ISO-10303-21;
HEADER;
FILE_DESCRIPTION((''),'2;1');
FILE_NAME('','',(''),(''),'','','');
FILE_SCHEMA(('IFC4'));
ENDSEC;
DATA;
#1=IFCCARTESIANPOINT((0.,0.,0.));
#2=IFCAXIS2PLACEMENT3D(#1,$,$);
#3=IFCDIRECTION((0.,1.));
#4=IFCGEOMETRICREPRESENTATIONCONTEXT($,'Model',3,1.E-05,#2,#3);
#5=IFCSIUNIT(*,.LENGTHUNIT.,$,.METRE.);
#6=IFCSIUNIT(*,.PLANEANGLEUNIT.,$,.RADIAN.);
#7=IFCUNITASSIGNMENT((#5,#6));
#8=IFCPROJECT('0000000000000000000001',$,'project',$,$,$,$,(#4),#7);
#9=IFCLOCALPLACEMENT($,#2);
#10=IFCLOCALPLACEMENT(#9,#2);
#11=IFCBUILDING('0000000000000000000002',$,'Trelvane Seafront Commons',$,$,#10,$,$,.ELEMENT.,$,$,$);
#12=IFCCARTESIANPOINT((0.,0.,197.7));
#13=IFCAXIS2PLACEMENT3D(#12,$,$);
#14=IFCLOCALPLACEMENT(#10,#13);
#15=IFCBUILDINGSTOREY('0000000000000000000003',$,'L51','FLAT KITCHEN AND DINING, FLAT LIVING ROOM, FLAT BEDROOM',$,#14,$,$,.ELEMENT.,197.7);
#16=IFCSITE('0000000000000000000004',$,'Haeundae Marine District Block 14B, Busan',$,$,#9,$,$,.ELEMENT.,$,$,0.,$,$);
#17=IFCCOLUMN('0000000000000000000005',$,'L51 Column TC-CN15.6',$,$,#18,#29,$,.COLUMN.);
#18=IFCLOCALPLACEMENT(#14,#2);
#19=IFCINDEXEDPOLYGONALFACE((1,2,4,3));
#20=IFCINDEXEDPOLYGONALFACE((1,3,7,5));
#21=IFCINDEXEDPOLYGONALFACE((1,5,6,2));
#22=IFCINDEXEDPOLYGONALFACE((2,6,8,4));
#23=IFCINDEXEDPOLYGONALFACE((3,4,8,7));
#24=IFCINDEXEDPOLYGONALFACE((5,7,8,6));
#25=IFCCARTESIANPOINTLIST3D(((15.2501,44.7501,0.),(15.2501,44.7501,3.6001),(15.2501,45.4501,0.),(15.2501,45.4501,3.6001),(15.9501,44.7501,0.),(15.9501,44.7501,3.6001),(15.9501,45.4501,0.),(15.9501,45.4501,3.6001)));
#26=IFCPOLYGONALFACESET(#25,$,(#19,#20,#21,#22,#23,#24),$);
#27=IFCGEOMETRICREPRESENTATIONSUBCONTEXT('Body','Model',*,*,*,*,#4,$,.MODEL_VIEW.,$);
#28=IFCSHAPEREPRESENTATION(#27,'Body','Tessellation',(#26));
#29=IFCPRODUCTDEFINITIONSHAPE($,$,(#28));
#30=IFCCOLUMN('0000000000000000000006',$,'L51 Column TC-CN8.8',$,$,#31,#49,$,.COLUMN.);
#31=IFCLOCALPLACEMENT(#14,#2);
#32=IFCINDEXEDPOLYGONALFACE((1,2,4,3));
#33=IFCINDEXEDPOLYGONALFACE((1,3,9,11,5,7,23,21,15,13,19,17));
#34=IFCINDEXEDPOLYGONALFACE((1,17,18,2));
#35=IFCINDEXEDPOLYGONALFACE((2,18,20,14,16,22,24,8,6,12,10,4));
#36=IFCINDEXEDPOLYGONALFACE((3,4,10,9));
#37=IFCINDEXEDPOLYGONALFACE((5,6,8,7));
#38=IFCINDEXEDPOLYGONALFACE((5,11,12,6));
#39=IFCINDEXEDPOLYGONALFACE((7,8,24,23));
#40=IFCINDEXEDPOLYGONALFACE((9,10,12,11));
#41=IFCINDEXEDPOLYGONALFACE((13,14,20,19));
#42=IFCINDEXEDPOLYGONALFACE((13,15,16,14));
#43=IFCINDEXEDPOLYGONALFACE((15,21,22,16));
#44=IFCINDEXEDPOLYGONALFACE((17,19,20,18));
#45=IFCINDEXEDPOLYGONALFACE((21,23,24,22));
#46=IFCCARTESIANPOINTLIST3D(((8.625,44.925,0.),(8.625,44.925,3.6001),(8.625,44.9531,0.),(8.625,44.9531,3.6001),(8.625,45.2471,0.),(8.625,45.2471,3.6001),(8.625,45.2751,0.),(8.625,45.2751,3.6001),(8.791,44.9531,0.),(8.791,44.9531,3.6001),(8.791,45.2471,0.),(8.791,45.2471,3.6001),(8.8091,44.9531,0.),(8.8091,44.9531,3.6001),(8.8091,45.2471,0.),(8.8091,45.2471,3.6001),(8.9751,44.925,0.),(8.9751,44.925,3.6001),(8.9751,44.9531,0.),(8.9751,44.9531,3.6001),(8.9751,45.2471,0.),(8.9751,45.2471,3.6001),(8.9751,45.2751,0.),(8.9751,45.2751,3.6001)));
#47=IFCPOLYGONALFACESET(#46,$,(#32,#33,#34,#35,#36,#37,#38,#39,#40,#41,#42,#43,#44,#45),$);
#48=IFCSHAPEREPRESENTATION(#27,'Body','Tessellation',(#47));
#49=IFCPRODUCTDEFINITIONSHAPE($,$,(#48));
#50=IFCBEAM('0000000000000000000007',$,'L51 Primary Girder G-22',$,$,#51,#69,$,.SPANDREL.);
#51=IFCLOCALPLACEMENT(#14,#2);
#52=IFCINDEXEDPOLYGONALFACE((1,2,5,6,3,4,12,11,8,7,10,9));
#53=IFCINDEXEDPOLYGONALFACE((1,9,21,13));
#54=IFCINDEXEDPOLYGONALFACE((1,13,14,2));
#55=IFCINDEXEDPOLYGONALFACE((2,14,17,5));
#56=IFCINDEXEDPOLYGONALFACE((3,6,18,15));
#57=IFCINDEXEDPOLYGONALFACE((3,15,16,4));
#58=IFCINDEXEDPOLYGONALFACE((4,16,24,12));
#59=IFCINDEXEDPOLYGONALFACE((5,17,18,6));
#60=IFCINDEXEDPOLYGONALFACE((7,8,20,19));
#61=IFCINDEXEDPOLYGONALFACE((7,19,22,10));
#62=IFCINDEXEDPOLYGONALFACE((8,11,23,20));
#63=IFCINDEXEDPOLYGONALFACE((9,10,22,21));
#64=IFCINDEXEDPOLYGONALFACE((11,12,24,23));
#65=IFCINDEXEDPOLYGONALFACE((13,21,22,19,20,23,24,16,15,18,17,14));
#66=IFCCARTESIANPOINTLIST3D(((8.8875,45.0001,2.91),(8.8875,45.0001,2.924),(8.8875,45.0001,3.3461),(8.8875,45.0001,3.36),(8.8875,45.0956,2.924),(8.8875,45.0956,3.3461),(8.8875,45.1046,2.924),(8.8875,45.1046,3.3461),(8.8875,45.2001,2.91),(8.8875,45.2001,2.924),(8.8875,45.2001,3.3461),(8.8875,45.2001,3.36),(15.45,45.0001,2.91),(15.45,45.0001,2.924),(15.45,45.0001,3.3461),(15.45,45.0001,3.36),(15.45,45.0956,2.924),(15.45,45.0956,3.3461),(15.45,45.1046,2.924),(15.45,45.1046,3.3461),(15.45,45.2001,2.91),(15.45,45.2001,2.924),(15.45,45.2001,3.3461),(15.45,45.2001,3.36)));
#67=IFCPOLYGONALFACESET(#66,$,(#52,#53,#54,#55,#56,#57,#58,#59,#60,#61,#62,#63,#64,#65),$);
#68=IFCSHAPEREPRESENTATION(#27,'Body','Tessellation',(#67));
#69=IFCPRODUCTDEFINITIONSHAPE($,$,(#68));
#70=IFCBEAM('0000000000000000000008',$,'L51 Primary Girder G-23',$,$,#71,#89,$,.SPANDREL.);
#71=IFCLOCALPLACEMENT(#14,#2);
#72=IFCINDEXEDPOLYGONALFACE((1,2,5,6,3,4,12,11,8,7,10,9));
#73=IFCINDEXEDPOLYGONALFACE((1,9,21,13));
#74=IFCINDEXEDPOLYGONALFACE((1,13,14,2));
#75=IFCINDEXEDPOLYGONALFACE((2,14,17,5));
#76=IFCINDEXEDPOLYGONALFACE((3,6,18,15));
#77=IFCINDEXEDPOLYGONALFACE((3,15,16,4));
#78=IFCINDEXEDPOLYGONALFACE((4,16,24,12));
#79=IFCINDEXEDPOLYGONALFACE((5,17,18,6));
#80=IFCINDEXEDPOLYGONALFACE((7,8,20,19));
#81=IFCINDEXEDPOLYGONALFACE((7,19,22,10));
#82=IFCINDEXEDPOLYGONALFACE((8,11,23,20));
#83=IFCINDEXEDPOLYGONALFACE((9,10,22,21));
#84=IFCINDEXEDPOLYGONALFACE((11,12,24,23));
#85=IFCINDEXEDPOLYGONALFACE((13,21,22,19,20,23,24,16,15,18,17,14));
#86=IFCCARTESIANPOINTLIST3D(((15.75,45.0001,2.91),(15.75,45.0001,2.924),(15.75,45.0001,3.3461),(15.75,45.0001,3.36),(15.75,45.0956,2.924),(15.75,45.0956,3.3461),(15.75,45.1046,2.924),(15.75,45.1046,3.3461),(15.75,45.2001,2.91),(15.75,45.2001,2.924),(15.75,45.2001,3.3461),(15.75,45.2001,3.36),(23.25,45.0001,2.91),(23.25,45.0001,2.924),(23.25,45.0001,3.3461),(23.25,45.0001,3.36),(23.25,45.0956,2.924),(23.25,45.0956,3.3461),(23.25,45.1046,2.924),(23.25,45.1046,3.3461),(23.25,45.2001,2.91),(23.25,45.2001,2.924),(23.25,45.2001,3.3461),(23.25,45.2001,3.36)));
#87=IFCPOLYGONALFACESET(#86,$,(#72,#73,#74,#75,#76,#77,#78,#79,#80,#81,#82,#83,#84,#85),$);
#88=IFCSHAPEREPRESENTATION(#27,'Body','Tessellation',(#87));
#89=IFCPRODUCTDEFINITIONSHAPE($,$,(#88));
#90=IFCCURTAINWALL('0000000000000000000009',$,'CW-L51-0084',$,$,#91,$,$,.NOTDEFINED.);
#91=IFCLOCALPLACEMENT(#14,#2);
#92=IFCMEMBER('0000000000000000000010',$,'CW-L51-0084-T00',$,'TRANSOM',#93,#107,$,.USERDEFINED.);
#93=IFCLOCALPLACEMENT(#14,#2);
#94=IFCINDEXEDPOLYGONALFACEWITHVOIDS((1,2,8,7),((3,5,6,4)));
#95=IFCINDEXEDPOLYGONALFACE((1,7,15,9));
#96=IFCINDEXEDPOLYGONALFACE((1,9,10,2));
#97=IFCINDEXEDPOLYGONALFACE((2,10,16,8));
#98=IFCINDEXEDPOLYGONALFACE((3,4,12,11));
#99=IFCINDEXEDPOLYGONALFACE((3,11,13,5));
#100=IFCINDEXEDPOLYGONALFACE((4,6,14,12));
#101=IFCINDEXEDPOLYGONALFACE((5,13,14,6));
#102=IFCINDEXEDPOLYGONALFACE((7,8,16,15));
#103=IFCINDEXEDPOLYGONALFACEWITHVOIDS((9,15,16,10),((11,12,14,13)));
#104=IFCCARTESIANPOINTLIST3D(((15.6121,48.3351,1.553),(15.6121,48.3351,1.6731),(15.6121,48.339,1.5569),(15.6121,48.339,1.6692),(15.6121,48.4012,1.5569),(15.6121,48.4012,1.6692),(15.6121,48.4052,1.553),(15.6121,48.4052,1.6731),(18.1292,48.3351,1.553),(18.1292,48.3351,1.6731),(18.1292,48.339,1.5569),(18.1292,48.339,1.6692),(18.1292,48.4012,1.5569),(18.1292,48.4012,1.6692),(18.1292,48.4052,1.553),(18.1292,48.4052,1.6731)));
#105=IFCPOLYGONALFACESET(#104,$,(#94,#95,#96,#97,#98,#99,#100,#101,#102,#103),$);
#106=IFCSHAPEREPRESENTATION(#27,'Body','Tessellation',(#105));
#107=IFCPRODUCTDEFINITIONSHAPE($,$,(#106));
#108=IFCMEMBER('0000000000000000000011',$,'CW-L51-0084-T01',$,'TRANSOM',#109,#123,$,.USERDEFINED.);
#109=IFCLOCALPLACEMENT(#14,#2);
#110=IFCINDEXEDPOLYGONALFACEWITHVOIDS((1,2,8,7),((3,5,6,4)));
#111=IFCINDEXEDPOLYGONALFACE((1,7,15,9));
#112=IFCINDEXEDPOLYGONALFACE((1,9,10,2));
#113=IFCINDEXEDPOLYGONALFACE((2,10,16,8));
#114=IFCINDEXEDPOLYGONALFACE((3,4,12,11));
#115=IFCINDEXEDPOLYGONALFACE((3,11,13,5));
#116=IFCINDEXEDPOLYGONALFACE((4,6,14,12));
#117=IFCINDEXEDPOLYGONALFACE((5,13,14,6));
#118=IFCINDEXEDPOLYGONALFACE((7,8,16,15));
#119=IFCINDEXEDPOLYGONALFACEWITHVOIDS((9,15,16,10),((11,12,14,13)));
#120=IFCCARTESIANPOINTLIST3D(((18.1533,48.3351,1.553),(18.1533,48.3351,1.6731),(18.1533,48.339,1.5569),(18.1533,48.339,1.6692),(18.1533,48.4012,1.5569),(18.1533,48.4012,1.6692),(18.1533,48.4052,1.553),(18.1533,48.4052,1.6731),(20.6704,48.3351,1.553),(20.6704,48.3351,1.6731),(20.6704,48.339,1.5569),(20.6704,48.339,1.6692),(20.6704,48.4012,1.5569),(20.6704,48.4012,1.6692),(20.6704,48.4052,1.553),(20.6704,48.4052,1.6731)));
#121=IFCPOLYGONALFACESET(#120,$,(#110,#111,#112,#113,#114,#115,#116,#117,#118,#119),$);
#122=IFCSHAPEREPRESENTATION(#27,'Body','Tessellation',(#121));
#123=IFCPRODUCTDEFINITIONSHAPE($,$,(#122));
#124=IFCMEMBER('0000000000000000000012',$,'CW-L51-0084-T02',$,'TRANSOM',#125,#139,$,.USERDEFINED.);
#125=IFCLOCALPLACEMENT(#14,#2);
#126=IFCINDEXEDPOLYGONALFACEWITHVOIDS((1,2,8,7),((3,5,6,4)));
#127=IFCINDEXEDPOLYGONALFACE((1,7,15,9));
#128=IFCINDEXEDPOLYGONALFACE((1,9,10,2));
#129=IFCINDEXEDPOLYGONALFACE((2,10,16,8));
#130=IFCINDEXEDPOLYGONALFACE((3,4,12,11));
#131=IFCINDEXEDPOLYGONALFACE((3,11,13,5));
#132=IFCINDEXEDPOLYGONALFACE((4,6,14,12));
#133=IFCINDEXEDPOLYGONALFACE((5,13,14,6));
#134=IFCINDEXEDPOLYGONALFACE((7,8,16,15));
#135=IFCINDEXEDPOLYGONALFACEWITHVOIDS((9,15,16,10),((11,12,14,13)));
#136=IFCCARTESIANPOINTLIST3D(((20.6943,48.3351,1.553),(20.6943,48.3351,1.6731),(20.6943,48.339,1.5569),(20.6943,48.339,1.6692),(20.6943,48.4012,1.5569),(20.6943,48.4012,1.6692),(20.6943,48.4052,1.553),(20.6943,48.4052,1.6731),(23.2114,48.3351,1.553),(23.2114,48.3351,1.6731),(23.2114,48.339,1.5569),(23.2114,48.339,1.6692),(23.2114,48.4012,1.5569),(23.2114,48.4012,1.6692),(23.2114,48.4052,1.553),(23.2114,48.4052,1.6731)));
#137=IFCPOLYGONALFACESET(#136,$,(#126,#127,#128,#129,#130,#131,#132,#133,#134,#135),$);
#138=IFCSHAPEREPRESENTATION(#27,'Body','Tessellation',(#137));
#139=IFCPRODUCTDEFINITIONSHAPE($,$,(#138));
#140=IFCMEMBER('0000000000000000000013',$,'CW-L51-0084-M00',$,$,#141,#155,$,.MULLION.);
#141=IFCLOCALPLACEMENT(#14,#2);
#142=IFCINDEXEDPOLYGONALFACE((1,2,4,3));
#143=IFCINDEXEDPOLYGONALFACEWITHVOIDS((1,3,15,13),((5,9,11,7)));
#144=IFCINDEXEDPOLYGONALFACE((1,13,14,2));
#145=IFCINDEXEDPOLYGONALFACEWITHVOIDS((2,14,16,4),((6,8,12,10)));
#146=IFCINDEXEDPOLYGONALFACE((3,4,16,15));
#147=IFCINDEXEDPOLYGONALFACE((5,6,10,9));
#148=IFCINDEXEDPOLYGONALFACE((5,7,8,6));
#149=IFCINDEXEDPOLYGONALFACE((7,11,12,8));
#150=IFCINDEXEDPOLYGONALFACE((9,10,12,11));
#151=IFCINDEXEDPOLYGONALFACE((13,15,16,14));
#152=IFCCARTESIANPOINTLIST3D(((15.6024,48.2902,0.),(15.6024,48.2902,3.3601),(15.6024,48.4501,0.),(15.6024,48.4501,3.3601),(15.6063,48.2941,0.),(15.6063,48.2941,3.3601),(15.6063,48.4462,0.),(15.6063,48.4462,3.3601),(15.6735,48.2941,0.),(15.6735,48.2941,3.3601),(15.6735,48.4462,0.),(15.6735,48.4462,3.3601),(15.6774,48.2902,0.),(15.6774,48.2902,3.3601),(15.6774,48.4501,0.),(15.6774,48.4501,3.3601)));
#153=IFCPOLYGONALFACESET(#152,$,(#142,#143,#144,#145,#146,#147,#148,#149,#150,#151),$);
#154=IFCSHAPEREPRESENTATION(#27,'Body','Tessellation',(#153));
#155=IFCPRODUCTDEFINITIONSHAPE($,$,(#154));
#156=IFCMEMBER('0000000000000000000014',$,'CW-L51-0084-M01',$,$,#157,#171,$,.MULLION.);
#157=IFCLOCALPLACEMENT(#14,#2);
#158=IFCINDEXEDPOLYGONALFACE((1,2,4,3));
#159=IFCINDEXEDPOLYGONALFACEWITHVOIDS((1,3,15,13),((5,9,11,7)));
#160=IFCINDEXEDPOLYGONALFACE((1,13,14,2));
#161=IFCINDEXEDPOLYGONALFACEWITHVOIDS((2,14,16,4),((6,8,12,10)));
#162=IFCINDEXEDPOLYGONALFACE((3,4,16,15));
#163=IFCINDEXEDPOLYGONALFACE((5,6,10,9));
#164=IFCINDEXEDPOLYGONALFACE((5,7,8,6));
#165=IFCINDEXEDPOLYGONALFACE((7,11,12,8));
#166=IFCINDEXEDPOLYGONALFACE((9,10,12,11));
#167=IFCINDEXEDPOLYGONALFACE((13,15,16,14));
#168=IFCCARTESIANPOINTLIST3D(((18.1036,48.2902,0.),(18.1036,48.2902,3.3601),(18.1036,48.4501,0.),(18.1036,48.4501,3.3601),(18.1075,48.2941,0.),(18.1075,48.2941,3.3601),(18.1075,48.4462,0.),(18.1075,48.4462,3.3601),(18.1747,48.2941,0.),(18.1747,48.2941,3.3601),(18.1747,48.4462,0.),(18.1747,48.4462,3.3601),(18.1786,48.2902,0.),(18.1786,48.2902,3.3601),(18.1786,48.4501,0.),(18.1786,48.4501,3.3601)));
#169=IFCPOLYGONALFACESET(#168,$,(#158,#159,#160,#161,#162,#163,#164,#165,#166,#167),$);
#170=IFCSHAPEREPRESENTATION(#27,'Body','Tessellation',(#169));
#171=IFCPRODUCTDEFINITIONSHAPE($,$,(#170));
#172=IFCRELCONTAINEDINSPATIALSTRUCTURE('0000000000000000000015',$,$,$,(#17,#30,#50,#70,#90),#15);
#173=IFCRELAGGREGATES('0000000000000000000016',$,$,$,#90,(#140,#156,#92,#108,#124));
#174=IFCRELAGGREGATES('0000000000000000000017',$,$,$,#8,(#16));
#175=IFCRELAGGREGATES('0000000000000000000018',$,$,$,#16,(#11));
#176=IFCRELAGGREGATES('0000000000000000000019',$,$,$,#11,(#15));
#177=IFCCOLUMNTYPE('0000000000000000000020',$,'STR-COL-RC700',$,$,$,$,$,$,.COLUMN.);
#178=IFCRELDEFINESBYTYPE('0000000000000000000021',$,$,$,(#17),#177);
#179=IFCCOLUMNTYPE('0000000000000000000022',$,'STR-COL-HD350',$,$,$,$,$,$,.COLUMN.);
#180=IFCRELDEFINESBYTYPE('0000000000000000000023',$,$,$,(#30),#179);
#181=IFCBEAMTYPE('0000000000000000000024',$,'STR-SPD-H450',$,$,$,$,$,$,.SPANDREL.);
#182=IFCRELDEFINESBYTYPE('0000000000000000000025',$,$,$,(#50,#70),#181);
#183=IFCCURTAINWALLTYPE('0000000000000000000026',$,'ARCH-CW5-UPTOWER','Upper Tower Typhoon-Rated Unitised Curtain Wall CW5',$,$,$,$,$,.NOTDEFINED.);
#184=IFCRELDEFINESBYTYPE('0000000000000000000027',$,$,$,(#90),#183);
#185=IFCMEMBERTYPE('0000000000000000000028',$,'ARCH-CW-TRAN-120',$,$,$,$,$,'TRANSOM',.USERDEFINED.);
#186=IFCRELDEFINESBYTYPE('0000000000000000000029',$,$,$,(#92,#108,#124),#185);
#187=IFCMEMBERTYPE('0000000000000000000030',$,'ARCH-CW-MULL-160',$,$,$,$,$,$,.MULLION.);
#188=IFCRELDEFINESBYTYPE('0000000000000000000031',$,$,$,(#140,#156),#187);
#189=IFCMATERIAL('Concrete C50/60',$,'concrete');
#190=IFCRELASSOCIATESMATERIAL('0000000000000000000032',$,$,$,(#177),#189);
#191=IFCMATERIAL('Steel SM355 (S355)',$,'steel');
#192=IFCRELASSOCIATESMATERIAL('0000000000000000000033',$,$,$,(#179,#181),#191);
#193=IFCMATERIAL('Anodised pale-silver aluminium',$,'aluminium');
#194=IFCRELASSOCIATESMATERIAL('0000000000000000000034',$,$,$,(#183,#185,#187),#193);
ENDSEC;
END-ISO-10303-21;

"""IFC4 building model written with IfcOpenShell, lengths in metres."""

from ifc_helpers import new_model, si_unit, direction, frame, origin, origin_2d, place, context, subcontext, project, spatial, rectangle, hollow_rectangle, i_section, extrude, source, transform, mapped, material, material_profile, profile_set, type_object, element, aggregate, save


model = new_model("IFC4")

# Units and contexts
model_context = context("Model", 3, precision=1e-05, world=origin(), true_north=direction((0.0, 1.0)))
body_context = subcontext(model_context, "Body", "Model", "MODEL_VIEW")
ifc_project = project(units=[si_unit("LENGTHUNIT", "METRE"), si_unit("PLANEANGLEUNIT", "RADIAN")], contexts=[model_context])

# Site, building, storey
site_placement = place(None, origin())
site = spatial("IfcSite", under=ifc_project, at=site_placement, Name="Haeundae Marine District Block 14B, Busan", CompositionType="ELEMENT", RefElevation=0.0)
building_placement = place(site_placement, origin())
building = spatial("IfcBuilding", under=site, at=building_placement, Name="Trelvane Seafront Commons", CompositionType="ELEMENT")
storey_placement = place(building_placement, frame((0.0, 0.0, 197.7)))
storey = spatial("IfcBuildingStorey", under=building, at=storey_placement, Name="L51", Description="FLAT KITCHEN AND DINING, FLAT LIVING ROOM, FLAT BEDROOM", CompositionType="ELEMENT", Elevation=197.7)

# Columns
ifc_material_1 = material(Name="Concrete C50/60", Category="concrete")
ifc_material_profile_1 = material_profile(ifc_material_1, rectangle(XDim=0.7, YDim=0.7, at=origin_2d()), Name="RC-700x700")
ifc_profile_set_1 = profile_set([ifc_material_profile_1], Name="Concrete C50/60")
column_type_1 = type_object("IfcColumnType", Name="STR-COL-RC700", PredefinedType="COLUMN", material=ifc_profile_set_1)
shared_shape_1 = source(origin(), body_context, "Body", "SweptSolid", [
    extrude(rectangle(XDim=0.7, YDim=0.7, at=origin_2d()), origin(), (0.0, 0.0, 1.0), 3.6001),
])
column_1_placement = place(storey_placement, frame((15.6001, 45.1001, 0.0), z_axis=(0.0, 0.0, 1.0), x_axis=(1.0, 0.0, 0.0)))
element("IfcColumn", 1, at=column_1_placement, inside=storey, type_object=column_type_1, Name="L51 Column TC-CN15.6", PredefinedType="COLUMN", context=body_context, shape_type="MappedRepresentation", body=[
    mapped(shared_shape_1, transform((0.0, 0.0, 0.0), x_axis=(1.0, 0.0, 0.0), y_axis=(0.0, 1.0, 0.0), z_axis=(0.0, 0.0, 1.0), scale=1.0)),
])
ifc_material_2 = material(Name="Steel SM355 (S355)", Category="steel")
ifc_material_profile_2 = material_profile(ifc_material_2, i_section(OverallWidth=0.3501, OverallDepth=0.3501, WebThickness=0.0181, FlangeThickness=0.0281, at=origin_2d()), Name="HD-350x350x18x28")
ifc_profile_set_2 = profile_set([ifc_material_profile_2], Name="Steel SM355 (S355)")
column_type_2 = type_object("IfcColumnType", Name="STR-COL-HD350", PredefinedType="COLUMN", material=ifc_profile_set_2)
shared_shape_2 = source(origin(), body_context, "Body", "SweptSolid", [
    extrude(i_section(OverallWidth=0.3501, OverallDepth=0.3501, WebThickness=0.0181, FlangeThickness=0.0281, at=origin_2d()), origin(), (0.0, 0.0, 1.0), 3.6001),
])
column_2_placement = place(storey_placement, frame((8.8, 45.1001, 0.0), z_axis=(0.0, 0.0, 1.0), x_axis=(1.0, 0.0, 0.0)))
element("IfcColumn", 2, at=column_2_placement, inside=storey, type_object=column_type_2, Name="L51 Column TC-CN8.8", PredefinedType="COLUMN", context=body_context, shape_type="MappedRepresentation", body=[
    mapped(shared_shape_2, transform((0.0, 0.0, 0.0), x_axis=(1.0, 0.0, 0.0), y_axis=(0.0, 1.0, 0.0), z_axis=(0.0, 0.0, 1.0), scale=1.0)),
])

# Beams
ifc_material_profile_3 = material_profile(ifc_material_2, i_section(OverallWidth=0.2, OverallDepth=0.45, WebThickness=0.009, FlangeThickness=0.0139, at=origin_2d()), Name="H-450x200x9x14")
ifc_profile_set_3 = profile_set([ifc_material_profile_3], Name="Steel SM355 (S355)")
beam_type = type_object("IfcBeamType", Name="STR-SPD-H450", PredefinedType="SPANDREL", material=ifc_profile_set_3)
shared_shape_3 = source(origin(), body_context, "Body", "SweptSolid", [
    extrude(i_section(OverallWidth=0.2, OverallDepth=0.45, WebThickness=0.009, FlangeThickness=0.0139, at=origin_2d()), origin(), (0.0, 0.0, 1.0), 6.5625),
])
beam_1_placement = place(storey_placement, frame((8.8875, 45.1001, 3.135), z_axis=(1.0, 0.0, 0.0), x_axis=(0.0, 1.0, 0.0)))
element("IfcBeam", 3, at=beam_1_placement, inside=storey, type_object=beam_type, Name="L51 Primary Girder G-22", PredefinedType="SPANDREL", context=body_context, shape_type="MappedRepresentation", body=[
    mapped(shared_shape_3, transform((0.0, 0.0, 0.0), x_axis=(1.0, 0.0, 0.0), y_axis=(0.0, 1.0, 0.0), z_axis=(0.0, 0.0, 1.0), scale=1.0)),
])
shared_shape_4 = source(origin(), body_context, "Body", "SweptSolid", [
    extrude(i_section(OverallWidth=0.2, OverallDepth=0.45, WebThickness=0.009, FlangeThickness=0.0139, at=origin_2d()), origin(), (0.0, 0.0, 1.0), 7.5),
])
beam_2_placement = place(storey_placement, frame((15.75, 45.1001, 3.135), z_axis=(1.0, 0.0, 0.0), x_axis=(0.0, 1.0, 0.0)))
element("IfcBeam", 4, at=beam_2_placement, inside=storey, type_object=beam_type, Name="L51 Primary Girder G-23", PredefinedType="SPANDREL", context=body_context, shape_type="MappedRepresentation", body=[
    mapped(shared_shape_4, transform((0.0, 0.0, 0.0), x_axis=(1.0, 0.0, 0.0), y_axis=(0.0, 1.0, 0.0), z_axis=(0.0, 0.0, 1.0), scale=1.0)),
])

# Curtain wall, members
ifc_material_3 = material(Name="Anodised pale-silver aluminium", Category="aluminium")
curtain_wall_type = type_object("IfcCurtainWallType", Name="ARCH-CW5-UPTOWER", Description="Upper Tower Typhoon-Rated Unitised Curtain Wall CW5", PredefinedType="NOTDEFINED", material=ifc_material_3)
curtain_wall_placement = place(storey_placement, origin())
curtain_wall = element("IfcCurtainWall", 5, at=curtain_wall_placement, inside=storey, type_object=curtain_wall_type, Name="CW-L51-0084", PredefinedType="NOTDEFINED")
ifc_material_profile_4 = material_profile(ifc_material_3, hollow_rectangle(XDim=0.0701, YDim=0.1201, WallThickness=0.0039, at=origin_2d()), Name="TRAN-70x120x4")
ifc_profile_set_4 = profile_set([ifc_material_profile_4], Name="Anodised pale-silver aluminium")
member_type_1 = type_object("IfcMemberType", Name="ARCH-CW-TRAN-120", ElementType="TRANSOM", PredefinedType="USERDEFINED", material=ifc_profile_set_4)
shared_shape_5 = source(origin(), body_context, "Body", "SweptSolid", [
    extrude(hollow_rectangle(XDim=0.0701, YDim=0.1201, WallThickness=0.0039, at=origin_2d()), origin(), (0.0, 0.0, 1.0), 2.5171),
])
member_1_placement = place(storey_placement, frame((15.6121, 48.3701, 1.613), z_axis=(1.0, 0.0, 0.0), x_axis=(0.0, 1.0, 0.0)))
member_1 = element("IfcMember", 6, at=member_1_placement, type_object=member_type_1, Name="CW-L51-0084-T00", ObjectType="TRANSOM", PredefinedType="USERDEFINED", context=body_context, shape_type="MappedRepresentation", body=[
    mapped(shared_shape_5, transform((0.0, 0.0, 0.0), x_axis=(1.0, 0.0, 0.0), y_axis=(0.0, 1.0, 0.0), z_axis=(0.0, 0.0, 1.0), scale=1.0)),
])
member_2_placement = place(storey_placement, frame((18.1533, 48.3701, 1.613), z_axis=(1.0, 0.0, 0.0), x_axis=(0.0, 1.0, 0.0)))
member_2 = element("IfcMember", 7, at=member_2_placement, type_object=member_type_1, Name="CW-L51-0084-T01", ObjectType="TRANSOM", PredefinedType="USERDEFINED", context=body_context, shape_type="MappedRepresentation", body=[
    mapped(shared_shape_5, transform((0.0, 0.0, 0.0), x_axis=(1.0, 0.0, 0.0), y_axis=(0.0, 1.0, 0.0), z_axis=(0.0, 0.0, 1.0), scale=1.0)),
])
member_3_placement = place(storey_placement, frame((20.6943, 48.3701, 1.613), z_axis=(1.0, 0.0, 0.0), x_axis=(0.0, 1.0, 0.0)))
member_3 = element("IfcMember", 8, at=member_3_placement, type_object=member_type_1, Name="CW-L51-0084-T02", ObjectType="TRANSOM", PredefinedType="USERDEFINED", context=body_context, shape_type="MappedRepresentation", body=[
    mapped(shared_shape_5, transform((0.0, 0.0, 0.0), x_axis=(1.0, 0.0, 0.0), y_axis=(0.0, 1.0, 0.0), z_axis=(0.0, 0.0, 1.0), scale=1.0)),
])
ifc_material_profile_5 = material_profile(ifc_material_3, hollow_rectangle(XDim=0.075, YDim=0.1599, WallThickness=0.0039, at=origin_2d()), Name="MULL-75x160x4")
ifc_profile_set_5 = profile_set([ifc_material_profile_5], Name="Anodised pale-silver aluminium")
member_type_2 = type_object("IfcMemberType", Name="ARCH-CW-MULL-160", PredefinedType="MULLION", material=ifc_profile_set_5)
shared_shape_6 = source(origin(), body_context, "Body", "SweptSolid", [
    extrude(hollow_rectangle(XDim=0.075, YDim=0.1599, WallThickness=0.0039, at=origin_2d()), origin(), (0.0, 0.0, 1.0), 3.3601),
])
member_4_placement = place(storey_placement, frame((15.6399, 48.3701, 0.0), z_axis=(0.0, 0.0, 1.0), x_axis=(1.0, 0.0, 0.0)))
member_4 = element("IfcMember", 9, at=member_4_placement, type_object=member_type_2, Name="CW-L51-0084-M00", PredefinedType="MULLION", context=body_context, shape_type="MappedRepresentation", body=[
    mapped(shared_shape_6, transform((0.0, 0.0, 0.0), x_axis=(1.0, 0.0, 0.0), y_axis=(0.0, 1.0, 0.0), z_axis=(0.0, 0.0, 1.0), scale=1.0)),
])
member_5_placement = place(storey_placement, frame((18.1411, 48.3701, 0.0), z_axis=(0.0, 0.0, 1.0), x_axis=(1.0, 0.0, 0.0)))
member_5 = element("IfcMember", 10, at=member_5_placement, type_object=member_type_2, Name="CW-L51-0084-M01", PredefinedType="MULLION", context=body_context, shape_type="MappedRepresentation", body=[
    mapped(shared_shape_6, transform((0.0, 0.0, 0.0), x_axis=(1.0, 0.0, 0.0), y_axis=(0.0, 1.0, 0.0), z_axis=(0.0, 0.0, 1.0), scale=1.0)),
])

aggregate(curtain_wall, [member_4, member_5, member_1, member_2, member_3])

save(model, "model.ifc")
